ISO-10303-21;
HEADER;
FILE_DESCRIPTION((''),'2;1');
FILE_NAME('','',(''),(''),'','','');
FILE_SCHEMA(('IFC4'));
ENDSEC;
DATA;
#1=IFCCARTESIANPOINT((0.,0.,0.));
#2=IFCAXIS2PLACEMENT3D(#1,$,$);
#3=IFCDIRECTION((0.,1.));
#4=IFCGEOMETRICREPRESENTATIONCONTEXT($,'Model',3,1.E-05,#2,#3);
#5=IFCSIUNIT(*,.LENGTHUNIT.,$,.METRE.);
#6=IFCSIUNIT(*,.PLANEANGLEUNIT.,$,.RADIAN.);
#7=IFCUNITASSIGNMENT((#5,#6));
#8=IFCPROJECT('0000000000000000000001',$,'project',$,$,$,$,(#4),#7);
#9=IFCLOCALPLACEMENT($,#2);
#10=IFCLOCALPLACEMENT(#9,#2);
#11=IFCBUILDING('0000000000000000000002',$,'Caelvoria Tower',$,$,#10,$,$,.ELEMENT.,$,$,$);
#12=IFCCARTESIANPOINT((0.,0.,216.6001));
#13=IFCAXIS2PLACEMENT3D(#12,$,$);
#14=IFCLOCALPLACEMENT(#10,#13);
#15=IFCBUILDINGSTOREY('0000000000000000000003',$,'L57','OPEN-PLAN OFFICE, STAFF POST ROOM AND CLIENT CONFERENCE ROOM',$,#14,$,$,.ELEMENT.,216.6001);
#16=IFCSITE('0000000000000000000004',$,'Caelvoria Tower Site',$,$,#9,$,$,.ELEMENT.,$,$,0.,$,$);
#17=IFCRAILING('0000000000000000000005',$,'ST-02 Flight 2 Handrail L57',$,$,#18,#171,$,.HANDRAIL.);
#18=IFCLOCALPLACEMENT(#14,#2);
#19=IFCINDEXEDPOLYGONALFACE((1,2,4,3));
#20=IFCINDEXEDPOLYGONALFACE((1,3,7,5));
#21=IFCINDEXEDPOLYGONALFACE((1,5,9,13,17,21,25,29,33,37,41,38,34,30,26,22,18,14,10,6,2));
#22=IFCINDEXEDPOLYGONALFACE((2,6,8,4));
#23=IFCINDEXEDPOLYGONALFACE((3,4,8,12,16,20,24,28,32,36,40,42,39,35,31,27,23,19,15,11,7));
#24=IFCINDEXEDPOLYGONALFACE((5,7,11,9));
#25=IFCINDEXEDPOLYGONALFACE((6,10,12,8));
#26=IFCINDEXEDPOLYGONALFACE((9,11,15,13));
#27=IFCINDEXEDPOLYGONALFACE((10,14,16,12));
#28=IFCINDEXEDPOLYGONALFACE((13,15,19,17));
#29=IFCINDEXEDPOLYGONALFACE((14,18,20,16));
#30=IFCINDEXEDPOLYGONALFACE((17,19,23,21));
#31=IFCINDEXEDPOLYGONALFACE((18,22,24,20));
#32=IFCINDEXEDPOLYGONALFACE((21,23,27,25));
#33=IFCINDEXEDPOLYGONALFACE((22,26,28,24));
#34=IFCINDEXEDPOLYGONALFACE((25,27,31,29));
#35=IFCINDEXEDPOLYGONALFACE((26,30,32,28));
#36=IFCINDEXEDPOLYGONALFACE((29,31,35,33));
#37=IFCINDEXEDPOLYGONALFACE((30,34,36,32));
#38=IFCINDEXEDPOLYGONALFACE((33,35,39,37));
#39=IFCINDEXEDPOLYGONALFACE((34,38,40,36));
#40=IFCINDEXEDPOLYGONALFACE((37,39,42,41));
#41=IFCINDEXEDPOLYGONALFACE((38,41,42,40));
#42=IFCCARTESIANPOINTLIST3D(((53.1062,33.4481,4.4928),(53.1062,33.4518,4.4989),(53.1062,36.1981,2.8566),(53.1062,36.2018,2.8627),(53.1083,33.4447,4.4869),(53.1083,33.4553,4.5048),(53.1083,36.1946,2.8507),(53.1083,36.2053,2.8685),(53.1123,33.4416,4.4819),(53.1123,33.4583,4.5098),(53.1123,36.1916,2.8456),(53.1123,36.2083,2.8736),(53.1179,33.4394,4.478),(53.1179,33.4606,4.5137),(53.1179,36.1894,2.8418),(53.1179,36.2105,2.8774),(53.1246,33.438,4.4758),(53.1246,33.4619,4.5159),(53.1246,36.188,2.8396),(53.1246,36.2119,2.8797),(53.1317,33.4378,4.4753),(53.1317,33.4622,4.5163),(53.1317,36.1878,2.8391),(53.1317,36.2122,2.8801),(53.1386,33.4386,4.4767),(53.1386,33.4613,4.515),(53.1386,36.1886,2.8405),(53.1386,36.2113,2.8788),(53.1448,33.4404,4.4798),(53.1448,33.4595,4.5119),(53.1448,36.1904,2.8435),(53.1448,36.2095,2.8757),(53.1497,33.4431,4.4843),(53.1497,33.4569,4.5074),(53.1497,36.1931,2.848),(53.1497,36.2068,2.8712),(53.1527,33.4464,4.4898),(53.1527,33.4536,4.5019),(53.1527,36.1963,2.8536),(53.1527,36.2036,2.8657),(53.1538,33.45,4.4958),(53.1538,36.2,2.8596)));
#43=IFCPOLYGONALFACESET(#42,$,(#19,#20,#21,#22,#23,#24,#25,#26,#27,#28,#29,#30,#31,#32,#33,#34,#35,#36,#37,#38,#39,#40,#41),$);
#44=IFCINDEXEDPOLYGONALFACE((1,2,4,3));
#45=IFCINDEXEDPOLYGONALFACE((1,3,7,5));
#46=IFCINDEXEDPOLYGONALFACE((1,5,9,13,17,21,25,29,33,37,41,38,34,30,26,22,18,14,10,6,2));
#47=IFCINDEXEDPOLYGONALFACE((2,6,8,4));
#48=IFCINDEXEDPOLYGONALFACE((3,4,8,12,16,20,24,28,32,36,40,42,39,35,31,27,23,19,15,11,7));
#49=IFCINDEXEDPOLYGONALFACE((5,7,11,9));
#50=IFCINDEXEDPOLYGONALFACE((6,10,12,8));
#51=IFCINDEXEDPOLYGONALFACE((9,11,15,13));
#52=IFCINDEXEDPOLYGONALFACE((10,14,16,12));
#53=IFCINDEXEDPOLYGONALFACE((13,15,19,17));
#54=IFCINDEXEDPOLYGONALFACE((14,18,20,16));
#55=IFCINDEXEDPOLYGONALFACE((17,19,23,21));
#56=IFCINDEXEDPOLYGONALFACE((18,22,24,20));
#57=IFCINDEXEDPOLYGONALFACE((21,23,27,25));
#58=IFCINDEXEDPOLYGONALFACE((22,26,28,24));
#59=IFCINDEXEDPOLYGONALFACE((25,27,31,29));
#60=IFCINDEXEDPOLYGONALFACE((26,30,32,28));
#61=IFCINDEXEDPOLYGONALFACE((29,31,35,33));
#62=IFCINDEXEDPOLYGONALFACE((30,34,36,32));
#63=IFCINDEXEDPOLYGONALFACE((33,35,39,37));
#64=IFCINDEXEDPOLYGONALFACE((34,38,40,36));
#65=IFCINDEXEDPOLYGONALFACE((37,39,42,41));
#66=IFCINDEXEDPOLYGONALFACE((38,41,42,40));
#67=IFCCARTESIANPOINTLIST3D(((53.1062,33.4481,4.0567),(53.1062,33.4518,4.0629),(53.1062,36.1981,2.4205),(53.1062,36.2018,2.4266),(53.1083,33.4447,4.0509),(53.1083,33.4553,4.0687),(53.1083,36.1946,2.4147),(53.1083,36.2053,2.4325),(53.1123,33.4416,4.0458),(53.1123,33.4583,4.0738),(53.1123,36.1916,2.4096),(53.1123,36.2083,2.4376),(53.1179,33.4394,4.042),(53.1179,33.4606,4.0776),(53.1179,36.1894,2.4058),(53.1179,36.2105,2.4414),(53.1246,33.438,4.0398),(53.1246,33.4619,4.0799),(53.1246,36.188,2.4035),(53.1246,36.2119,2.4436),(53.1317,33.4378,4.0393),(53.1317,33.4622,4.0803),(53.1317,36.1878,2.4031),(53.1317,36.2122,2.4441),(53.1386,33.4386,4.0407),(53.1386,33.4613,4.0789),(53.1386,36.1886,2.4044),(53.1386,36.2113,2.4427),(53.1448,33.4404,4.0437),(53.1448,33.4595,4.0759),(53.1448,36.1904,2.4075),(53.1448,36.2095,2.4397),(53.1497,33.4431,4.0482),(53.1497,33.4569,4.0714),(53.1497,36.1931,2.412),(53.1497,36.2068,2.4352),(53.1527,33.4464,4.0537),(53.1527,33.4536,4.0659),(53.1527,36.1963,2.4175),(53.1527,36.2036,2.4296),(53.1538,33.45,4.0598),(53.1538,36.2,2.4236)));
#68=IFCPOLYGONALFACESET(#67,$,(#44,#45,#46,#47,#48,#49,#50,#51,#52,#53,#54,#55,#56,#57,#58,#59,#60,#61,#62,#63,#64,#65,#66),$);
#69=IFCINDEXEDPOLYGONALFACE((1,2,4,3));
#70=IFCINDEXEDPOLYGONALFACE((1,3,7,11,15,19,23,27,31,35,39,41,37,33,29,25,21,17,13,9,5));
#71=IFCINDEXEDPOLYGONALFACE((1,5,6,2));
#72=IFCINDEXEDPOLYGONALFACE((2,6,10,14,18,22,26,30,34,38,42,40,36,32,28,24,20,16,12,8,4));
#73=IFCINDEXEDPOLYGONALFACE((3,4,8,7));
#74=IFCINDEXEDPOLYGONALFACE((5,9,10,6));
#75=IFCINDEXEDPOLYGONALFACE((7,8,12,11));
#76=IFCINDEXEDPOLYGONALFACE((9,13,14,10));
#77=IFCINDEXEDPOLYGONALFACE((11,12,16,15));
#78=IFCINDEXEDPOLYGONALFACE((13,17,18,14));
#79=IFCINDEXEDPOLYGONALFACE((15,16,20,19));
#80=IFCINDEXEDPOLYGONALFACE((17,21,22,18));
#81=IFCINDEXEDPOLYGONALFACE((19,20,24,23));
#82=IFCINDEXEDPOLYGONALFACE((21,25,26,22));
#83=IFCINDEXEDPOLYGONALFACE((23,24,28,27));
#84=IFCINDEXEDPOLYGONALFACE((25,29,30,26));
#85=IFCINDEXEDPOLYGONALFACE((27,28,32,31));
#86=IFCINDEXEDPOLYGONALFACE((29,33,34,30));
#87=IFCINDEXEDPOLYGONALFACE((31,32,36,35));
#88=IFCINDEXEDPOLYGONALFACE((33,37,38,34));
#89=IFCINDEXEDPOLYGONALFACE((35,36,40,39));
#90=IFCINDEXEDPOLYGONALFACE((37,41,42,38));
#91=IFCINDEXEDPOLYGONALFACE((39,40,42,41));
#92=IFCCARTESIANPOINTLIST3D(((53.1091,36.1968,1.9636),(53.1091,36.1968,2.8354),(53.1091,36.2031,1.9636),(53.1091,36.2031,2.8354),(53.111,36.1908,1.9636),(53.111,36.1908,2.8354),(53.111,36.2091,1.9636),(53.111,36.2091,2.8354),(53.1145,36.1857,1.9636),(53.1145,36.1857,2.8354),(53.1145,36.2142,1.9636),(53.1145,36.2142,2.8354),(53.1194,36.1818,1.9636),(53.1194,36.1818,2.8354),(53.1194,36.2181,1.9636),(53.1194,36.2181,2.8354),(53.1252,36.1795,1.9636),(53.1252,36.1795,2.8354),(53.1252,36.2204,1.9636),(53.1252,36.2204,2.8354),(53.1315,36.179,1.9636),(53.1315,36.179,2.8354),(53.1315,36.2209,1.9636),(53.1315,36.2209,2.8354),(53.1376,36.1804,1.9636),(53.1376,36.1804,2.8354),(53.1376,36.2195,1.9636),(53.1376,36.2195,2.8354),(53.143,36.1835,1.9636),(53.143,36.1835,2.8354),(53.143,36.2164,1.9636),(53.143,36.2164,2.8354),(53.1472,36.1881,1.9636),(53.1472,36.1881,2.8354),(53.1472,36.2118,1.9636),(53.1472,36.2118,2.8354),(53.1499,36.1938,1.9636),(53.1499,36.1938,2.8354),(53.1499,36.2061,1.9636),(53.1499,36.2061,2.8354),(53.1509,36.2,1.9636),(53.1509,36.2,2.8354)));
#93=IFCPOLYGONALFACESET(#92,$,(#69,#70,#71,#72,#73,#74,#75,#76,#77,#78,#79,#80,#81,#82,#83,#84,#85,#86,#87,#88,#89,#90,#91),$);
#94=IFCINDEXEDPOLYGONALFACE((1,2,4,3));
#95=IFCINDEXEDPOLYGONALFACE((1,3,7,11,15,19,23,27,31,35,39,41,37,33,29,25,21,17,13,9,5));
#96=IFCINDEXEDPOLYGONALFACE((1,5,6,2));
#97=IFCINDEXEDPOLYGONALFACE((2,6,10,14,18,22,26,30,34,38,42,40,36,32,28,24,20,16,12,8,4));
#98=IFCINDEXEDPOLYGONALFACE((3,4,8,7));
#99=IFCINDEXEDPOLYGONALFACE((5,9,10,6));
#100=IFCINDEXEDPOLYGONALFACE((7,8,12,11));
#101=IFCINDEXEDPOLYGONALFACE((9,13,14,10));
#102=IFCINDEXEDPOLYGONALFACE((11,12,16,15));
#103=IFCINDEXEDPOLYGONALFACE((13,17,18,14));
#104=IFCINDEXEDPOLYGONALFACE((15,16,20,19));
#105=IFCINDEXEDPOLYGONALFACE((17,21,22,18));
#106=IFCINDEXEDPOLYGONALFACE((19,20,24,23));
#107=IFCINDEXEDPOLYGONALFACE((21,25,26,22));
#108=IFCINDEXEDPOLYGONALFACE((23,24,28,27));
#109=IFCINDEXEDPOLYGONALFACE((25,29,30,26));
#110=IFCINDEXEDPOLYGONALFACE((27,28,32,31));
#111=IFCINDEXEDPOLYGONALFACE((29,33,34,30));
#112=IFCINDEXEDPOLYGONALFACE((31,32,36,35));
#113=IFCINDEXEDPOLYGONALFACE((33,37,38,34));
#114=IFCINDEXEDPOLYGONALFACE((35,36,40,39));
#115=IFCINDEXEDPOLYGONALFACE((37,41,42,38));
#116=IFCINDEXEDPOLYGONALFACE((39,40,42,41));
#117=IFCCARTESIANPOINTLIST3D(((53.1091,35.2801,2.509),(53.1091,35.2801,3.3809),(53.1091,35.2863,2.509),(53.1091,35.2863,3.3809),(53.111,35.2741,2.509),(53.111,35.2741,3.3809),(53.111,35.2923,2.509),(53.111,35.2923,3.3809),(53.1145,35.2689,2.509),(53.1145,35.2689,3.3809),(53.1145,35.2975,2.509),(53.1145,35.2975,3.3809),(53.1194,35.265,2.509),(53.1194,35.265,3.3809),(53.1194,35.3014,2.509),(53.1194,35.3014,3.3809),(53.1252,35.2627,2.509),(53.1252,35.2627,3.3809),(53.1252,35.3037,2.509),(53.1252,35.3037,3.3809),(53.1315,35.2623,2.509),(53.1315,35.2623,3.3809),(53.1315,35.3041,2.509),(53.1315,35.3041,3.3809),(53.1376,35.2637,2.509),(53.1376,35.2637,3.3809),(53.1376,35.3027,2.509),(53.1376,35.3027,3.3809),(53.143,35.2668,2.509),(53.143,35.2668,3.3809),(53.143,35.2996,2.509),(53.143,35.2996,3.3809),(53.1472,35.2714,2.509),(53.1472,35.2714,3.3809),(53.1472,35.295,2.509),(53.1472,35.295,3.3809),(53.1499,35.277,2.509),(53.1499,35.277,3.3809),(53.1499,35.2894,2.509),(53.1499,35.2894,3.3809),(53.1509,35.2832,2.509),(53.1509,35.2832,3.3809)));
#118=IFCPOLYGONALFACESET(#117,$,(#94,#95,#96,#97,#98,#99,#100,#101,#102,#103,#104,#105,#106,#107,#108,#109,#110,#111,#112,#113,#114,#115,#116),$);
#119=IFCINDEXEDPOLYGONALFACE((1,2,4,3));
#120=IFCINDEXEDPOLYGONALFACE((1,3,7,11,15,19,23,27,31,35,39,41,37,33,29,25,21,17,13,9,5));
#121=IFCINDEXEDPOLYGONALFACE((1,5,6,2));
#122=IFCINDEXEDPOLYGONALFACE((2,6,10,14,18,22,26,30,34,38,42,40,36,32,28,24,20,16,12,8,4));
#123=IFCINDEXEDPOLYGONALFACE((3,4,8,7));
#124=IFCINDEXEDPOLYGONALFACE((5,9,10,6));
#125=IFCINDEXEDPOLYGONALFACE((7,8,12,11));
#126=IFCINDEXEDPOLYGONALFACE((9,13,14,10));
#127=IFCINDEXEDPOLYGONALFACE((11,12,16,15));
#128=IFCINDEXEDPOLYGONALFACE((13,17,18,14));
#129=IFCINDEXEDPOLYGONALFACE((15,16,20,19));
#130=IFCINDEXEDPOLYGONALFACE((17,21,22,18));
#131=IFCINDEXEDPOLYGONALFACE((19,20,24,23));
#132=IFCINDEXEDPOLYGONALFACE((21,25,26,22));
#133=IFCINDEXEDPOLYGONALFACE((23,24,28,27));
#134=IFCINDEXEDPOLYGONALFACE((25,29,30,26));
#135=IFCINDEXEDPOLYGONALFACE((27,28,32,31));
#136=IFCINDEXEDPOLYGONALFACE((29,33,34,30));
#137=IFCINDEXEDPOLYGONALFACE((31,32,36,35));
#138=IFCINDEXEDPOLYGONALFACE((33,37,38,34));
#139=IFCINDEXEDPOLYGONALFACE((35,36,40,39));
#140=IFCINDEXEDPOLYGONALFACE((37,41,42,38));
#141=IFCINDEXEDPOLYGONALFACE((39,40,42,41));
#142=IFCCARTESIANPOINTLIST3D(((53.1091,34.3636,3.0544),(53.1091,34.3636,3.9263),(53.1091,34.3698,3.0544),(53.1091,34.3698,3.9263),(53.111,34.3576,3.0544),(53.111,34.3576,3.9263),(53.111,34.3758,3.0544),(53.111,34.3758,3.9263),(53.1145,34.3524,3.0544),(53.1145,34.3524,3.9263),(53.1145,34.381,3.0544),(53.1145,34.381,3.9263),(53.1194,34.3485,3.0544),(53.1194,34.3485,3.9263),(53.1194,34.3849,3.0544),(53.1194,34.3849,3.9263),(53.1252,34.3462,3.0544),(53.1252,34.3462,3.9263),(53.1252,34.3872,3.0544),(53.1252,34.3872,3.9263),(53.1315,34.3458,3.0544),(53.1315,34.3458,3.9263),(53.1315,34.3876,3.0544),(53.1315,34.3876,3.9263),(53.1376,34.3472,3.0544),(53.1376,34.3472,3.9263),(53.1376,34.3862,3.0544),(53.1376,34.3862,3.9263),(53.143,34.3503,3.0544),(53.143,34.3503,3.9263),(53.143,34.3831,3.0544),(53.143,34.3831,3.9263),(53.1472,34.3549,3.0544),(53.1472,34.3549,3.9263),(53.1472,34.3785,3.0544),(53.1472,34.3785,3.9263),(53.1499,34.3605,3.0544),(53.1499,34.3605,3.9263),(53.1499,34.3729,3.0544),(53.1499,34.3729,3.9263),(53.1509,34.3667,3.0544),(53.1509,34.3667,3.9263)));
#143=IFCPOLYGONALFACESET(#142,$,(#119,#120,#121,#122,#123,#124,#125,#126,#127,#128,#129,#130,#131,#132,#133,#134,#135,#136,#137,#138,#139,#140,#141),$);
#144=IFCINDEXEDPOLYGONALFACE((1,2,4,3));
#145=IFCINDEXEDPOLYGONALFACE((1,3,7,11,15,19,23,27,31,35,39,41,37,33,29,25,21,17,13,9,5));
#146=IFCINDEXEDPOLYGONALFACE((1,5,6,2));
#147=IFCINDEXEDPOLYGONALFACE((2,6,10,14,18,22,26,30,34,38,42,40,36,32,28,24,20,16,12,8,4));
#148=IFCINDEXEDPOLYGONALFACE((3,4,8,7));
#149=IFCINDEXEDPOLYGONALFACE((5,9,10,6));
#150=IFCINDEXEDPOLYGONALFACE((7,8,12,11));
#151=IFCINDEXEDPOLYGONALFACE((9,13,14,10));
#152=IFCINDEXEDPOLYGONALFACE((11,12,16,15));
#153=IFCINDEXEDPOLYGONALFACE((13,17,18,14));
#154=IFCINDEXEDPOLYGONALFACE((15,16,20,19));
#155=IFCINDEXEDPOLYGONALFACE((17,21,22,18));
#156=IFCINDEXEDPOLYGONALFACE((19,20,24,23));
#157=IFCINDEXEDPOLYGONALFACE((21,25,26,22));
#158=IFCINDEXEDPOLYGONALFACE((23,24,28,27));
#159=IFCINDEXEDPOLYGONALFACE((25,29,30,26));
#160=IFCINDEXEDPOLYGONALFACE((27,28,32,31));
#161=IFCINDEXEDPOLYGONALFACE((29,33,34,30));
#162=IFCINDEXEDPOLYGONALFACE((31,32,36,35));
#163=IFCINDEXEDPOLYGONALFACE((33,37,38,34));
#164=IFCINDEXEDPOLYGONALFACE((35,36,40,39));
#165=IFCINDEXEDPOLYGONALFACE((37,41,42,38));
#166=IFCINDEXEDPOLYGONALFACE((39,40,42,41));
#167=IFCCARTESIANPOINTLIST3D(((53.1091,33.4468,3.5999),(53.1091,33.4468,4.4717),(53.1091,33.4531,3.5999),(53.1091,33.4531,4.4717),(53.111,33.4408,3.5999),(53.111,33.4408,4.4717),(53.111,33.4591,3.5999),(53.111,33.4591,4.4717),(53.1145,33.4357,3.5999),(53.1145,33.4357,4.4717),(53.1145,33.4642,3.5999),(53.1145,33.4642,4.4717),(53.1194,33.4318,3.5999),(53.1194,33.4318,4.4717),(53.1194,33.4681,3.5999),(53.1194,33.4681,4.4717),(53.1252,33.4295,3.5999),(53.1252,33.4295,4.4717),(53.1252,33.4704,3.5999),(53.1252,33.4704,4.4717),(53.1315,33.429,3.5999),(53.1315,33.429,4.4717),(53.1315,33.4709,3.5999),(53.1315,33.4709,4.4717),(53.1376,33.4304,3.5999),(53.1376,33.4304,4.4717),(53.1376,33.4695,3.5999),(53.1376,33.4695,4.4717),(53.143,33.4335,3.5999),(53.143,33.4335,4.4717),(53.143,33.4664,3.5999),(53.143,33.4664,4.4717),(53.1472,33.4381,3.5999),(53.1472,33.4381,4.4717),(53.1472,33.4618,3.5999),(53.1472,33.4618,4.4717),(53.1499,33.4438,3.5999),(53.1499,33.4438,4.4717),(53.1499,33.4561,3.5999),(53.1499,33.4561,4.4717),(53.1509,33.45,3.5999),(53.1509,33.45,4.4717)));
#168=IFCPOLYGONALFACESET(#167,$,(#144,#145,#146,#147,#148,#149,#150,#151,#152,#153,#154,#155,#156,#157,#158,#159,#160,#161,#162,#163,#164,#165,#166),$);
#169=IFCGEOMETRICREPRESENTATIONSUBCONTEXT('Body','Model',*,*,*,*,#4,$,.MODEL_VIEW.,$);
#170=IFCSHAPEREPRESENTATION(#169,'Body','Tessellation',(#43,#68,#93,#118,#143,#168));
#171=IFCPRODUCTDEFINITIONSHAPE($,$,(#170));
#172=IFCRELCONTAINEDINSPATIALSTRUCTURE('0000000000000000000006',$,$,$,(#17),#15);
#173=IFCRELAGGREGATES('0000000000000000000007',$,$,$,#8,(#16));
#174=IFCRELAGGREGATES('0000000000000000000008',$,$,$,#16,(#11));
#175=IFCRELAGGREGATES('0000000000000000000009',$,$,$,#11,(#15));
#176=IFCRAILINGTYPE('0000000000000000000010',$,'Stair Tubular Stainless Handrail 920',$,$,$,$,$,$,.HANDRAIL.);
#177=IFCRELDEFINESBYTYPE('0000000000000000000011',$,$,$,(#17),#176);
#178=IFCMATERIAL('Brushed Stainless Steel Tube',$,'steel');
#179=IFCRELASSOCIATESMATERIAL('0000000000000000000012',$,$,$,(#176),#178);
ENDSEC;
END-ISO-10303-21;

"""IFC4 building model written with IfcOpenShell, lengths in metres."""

from ifc_helpers import new_model, si_unit, direction, frame, origin, origin_2d, place, context, subcontext, project, spatial, circle, extrude, material, type_object, element, save


model = new_model("IFC4")

# Units and contexts
model_context = context("Model", 3, precision=1e-05, world=origin(), true_north=direction((0.0, 1.0)))
body_context = subcontext(model_context, "Body", "Model", "MODEL_VIEW")
ifc_project = project(units=[si_unit("LENGTHUNIT", "METRE"), si_unit("PLANEANGLEUNIT", "RADIAN")], contexts=[model_context])

# Site, building, storey
site_placement = place(None, origin())
site = spatial("IfcSite", under=ifc_project, at=site_placement, Name="Caelvoria Tower Site", CompositionType="ELEMENT", RefElevation=0.0)
building_placement = place(site_placement, origin())
building = spatial("IfcBuilding", under=site, at=building_placement, Name="Caelvoria Tower", CompositionType="ELEMENT")
storey_placement = place(building_placement, frame((0.0, 0.0, 216.6001)))
storey = spatial("IfcBuildingStorey", under=building, at=storey_placement, Name="L57", Description="OPEN-PLAN OFFICE, STAFF POST ROOM AND CLIENT CONFERENCE ROOM", CompositionType="ELEMENT", Elevation=216.6001)

# Railing
ifc_material_1 = material(Name="Brushed Stainless Steel Tube", Category="steel")
railing_type_1 = type_object("IfcRailingType", Name="Stair Tubular Stainless Handrail 920", PredefinedType="HANDRAIL", material=ifc_material_1)
railing_1_placement = place(storey_placement, frame((53.1299, 36.2, 1.9636)))
element("IfcRailing", 1, at=railing_1_placement, inside=storey, type_object=railing_type_1, Name="ST-02 Flight 2 Handrail L57", PredefinedType="HANDRAIL", context=body_context, shape_type="SweptSolid", body=[
    extrude(circle(Radius=0.0239, at=origin_2d()), frame((0.0, 0.0, 0.896), z_axis=(0.0, -0.859385, 0.511328), x_axis=(1.0, 0.0, 0.0)), (0.0, 0.0, 1.0), 3.2),
    extrude(circle(Radius=0.0239, at=origin_2d()), frame((0.0, 0.0, 0.46), z_axis=(0.0, -0.859385, 0.511328), x_axis=(1.0, 0.0, 0.0)), (0.0, 0.0, 1.0), 3.2),
    extrude(circle(Radius=0.021, at=origin_2d()), origin(), (0.0, 0.0, 1.0), 0.8718),
    extrude(circle(Radius=0.021, at=origin_2d()), frame((0.0, -0.9167, 0.5454)), (0.0, 0.0, 1.0), 0.8718),
    extrude(circle(Radius=0.021, at=origin_2d()), frame((0.0, -1.8333, 1.0908)), (0.0, 0.0, 1.0), 0.8718),
    extrude(circle(Radius=0.021, at=origin_2d()), frame((0.0, -2.75, 1.6362)), (0.0, 0.0, 1.0), 0.8718),
])

save(model, "model.ifc")
